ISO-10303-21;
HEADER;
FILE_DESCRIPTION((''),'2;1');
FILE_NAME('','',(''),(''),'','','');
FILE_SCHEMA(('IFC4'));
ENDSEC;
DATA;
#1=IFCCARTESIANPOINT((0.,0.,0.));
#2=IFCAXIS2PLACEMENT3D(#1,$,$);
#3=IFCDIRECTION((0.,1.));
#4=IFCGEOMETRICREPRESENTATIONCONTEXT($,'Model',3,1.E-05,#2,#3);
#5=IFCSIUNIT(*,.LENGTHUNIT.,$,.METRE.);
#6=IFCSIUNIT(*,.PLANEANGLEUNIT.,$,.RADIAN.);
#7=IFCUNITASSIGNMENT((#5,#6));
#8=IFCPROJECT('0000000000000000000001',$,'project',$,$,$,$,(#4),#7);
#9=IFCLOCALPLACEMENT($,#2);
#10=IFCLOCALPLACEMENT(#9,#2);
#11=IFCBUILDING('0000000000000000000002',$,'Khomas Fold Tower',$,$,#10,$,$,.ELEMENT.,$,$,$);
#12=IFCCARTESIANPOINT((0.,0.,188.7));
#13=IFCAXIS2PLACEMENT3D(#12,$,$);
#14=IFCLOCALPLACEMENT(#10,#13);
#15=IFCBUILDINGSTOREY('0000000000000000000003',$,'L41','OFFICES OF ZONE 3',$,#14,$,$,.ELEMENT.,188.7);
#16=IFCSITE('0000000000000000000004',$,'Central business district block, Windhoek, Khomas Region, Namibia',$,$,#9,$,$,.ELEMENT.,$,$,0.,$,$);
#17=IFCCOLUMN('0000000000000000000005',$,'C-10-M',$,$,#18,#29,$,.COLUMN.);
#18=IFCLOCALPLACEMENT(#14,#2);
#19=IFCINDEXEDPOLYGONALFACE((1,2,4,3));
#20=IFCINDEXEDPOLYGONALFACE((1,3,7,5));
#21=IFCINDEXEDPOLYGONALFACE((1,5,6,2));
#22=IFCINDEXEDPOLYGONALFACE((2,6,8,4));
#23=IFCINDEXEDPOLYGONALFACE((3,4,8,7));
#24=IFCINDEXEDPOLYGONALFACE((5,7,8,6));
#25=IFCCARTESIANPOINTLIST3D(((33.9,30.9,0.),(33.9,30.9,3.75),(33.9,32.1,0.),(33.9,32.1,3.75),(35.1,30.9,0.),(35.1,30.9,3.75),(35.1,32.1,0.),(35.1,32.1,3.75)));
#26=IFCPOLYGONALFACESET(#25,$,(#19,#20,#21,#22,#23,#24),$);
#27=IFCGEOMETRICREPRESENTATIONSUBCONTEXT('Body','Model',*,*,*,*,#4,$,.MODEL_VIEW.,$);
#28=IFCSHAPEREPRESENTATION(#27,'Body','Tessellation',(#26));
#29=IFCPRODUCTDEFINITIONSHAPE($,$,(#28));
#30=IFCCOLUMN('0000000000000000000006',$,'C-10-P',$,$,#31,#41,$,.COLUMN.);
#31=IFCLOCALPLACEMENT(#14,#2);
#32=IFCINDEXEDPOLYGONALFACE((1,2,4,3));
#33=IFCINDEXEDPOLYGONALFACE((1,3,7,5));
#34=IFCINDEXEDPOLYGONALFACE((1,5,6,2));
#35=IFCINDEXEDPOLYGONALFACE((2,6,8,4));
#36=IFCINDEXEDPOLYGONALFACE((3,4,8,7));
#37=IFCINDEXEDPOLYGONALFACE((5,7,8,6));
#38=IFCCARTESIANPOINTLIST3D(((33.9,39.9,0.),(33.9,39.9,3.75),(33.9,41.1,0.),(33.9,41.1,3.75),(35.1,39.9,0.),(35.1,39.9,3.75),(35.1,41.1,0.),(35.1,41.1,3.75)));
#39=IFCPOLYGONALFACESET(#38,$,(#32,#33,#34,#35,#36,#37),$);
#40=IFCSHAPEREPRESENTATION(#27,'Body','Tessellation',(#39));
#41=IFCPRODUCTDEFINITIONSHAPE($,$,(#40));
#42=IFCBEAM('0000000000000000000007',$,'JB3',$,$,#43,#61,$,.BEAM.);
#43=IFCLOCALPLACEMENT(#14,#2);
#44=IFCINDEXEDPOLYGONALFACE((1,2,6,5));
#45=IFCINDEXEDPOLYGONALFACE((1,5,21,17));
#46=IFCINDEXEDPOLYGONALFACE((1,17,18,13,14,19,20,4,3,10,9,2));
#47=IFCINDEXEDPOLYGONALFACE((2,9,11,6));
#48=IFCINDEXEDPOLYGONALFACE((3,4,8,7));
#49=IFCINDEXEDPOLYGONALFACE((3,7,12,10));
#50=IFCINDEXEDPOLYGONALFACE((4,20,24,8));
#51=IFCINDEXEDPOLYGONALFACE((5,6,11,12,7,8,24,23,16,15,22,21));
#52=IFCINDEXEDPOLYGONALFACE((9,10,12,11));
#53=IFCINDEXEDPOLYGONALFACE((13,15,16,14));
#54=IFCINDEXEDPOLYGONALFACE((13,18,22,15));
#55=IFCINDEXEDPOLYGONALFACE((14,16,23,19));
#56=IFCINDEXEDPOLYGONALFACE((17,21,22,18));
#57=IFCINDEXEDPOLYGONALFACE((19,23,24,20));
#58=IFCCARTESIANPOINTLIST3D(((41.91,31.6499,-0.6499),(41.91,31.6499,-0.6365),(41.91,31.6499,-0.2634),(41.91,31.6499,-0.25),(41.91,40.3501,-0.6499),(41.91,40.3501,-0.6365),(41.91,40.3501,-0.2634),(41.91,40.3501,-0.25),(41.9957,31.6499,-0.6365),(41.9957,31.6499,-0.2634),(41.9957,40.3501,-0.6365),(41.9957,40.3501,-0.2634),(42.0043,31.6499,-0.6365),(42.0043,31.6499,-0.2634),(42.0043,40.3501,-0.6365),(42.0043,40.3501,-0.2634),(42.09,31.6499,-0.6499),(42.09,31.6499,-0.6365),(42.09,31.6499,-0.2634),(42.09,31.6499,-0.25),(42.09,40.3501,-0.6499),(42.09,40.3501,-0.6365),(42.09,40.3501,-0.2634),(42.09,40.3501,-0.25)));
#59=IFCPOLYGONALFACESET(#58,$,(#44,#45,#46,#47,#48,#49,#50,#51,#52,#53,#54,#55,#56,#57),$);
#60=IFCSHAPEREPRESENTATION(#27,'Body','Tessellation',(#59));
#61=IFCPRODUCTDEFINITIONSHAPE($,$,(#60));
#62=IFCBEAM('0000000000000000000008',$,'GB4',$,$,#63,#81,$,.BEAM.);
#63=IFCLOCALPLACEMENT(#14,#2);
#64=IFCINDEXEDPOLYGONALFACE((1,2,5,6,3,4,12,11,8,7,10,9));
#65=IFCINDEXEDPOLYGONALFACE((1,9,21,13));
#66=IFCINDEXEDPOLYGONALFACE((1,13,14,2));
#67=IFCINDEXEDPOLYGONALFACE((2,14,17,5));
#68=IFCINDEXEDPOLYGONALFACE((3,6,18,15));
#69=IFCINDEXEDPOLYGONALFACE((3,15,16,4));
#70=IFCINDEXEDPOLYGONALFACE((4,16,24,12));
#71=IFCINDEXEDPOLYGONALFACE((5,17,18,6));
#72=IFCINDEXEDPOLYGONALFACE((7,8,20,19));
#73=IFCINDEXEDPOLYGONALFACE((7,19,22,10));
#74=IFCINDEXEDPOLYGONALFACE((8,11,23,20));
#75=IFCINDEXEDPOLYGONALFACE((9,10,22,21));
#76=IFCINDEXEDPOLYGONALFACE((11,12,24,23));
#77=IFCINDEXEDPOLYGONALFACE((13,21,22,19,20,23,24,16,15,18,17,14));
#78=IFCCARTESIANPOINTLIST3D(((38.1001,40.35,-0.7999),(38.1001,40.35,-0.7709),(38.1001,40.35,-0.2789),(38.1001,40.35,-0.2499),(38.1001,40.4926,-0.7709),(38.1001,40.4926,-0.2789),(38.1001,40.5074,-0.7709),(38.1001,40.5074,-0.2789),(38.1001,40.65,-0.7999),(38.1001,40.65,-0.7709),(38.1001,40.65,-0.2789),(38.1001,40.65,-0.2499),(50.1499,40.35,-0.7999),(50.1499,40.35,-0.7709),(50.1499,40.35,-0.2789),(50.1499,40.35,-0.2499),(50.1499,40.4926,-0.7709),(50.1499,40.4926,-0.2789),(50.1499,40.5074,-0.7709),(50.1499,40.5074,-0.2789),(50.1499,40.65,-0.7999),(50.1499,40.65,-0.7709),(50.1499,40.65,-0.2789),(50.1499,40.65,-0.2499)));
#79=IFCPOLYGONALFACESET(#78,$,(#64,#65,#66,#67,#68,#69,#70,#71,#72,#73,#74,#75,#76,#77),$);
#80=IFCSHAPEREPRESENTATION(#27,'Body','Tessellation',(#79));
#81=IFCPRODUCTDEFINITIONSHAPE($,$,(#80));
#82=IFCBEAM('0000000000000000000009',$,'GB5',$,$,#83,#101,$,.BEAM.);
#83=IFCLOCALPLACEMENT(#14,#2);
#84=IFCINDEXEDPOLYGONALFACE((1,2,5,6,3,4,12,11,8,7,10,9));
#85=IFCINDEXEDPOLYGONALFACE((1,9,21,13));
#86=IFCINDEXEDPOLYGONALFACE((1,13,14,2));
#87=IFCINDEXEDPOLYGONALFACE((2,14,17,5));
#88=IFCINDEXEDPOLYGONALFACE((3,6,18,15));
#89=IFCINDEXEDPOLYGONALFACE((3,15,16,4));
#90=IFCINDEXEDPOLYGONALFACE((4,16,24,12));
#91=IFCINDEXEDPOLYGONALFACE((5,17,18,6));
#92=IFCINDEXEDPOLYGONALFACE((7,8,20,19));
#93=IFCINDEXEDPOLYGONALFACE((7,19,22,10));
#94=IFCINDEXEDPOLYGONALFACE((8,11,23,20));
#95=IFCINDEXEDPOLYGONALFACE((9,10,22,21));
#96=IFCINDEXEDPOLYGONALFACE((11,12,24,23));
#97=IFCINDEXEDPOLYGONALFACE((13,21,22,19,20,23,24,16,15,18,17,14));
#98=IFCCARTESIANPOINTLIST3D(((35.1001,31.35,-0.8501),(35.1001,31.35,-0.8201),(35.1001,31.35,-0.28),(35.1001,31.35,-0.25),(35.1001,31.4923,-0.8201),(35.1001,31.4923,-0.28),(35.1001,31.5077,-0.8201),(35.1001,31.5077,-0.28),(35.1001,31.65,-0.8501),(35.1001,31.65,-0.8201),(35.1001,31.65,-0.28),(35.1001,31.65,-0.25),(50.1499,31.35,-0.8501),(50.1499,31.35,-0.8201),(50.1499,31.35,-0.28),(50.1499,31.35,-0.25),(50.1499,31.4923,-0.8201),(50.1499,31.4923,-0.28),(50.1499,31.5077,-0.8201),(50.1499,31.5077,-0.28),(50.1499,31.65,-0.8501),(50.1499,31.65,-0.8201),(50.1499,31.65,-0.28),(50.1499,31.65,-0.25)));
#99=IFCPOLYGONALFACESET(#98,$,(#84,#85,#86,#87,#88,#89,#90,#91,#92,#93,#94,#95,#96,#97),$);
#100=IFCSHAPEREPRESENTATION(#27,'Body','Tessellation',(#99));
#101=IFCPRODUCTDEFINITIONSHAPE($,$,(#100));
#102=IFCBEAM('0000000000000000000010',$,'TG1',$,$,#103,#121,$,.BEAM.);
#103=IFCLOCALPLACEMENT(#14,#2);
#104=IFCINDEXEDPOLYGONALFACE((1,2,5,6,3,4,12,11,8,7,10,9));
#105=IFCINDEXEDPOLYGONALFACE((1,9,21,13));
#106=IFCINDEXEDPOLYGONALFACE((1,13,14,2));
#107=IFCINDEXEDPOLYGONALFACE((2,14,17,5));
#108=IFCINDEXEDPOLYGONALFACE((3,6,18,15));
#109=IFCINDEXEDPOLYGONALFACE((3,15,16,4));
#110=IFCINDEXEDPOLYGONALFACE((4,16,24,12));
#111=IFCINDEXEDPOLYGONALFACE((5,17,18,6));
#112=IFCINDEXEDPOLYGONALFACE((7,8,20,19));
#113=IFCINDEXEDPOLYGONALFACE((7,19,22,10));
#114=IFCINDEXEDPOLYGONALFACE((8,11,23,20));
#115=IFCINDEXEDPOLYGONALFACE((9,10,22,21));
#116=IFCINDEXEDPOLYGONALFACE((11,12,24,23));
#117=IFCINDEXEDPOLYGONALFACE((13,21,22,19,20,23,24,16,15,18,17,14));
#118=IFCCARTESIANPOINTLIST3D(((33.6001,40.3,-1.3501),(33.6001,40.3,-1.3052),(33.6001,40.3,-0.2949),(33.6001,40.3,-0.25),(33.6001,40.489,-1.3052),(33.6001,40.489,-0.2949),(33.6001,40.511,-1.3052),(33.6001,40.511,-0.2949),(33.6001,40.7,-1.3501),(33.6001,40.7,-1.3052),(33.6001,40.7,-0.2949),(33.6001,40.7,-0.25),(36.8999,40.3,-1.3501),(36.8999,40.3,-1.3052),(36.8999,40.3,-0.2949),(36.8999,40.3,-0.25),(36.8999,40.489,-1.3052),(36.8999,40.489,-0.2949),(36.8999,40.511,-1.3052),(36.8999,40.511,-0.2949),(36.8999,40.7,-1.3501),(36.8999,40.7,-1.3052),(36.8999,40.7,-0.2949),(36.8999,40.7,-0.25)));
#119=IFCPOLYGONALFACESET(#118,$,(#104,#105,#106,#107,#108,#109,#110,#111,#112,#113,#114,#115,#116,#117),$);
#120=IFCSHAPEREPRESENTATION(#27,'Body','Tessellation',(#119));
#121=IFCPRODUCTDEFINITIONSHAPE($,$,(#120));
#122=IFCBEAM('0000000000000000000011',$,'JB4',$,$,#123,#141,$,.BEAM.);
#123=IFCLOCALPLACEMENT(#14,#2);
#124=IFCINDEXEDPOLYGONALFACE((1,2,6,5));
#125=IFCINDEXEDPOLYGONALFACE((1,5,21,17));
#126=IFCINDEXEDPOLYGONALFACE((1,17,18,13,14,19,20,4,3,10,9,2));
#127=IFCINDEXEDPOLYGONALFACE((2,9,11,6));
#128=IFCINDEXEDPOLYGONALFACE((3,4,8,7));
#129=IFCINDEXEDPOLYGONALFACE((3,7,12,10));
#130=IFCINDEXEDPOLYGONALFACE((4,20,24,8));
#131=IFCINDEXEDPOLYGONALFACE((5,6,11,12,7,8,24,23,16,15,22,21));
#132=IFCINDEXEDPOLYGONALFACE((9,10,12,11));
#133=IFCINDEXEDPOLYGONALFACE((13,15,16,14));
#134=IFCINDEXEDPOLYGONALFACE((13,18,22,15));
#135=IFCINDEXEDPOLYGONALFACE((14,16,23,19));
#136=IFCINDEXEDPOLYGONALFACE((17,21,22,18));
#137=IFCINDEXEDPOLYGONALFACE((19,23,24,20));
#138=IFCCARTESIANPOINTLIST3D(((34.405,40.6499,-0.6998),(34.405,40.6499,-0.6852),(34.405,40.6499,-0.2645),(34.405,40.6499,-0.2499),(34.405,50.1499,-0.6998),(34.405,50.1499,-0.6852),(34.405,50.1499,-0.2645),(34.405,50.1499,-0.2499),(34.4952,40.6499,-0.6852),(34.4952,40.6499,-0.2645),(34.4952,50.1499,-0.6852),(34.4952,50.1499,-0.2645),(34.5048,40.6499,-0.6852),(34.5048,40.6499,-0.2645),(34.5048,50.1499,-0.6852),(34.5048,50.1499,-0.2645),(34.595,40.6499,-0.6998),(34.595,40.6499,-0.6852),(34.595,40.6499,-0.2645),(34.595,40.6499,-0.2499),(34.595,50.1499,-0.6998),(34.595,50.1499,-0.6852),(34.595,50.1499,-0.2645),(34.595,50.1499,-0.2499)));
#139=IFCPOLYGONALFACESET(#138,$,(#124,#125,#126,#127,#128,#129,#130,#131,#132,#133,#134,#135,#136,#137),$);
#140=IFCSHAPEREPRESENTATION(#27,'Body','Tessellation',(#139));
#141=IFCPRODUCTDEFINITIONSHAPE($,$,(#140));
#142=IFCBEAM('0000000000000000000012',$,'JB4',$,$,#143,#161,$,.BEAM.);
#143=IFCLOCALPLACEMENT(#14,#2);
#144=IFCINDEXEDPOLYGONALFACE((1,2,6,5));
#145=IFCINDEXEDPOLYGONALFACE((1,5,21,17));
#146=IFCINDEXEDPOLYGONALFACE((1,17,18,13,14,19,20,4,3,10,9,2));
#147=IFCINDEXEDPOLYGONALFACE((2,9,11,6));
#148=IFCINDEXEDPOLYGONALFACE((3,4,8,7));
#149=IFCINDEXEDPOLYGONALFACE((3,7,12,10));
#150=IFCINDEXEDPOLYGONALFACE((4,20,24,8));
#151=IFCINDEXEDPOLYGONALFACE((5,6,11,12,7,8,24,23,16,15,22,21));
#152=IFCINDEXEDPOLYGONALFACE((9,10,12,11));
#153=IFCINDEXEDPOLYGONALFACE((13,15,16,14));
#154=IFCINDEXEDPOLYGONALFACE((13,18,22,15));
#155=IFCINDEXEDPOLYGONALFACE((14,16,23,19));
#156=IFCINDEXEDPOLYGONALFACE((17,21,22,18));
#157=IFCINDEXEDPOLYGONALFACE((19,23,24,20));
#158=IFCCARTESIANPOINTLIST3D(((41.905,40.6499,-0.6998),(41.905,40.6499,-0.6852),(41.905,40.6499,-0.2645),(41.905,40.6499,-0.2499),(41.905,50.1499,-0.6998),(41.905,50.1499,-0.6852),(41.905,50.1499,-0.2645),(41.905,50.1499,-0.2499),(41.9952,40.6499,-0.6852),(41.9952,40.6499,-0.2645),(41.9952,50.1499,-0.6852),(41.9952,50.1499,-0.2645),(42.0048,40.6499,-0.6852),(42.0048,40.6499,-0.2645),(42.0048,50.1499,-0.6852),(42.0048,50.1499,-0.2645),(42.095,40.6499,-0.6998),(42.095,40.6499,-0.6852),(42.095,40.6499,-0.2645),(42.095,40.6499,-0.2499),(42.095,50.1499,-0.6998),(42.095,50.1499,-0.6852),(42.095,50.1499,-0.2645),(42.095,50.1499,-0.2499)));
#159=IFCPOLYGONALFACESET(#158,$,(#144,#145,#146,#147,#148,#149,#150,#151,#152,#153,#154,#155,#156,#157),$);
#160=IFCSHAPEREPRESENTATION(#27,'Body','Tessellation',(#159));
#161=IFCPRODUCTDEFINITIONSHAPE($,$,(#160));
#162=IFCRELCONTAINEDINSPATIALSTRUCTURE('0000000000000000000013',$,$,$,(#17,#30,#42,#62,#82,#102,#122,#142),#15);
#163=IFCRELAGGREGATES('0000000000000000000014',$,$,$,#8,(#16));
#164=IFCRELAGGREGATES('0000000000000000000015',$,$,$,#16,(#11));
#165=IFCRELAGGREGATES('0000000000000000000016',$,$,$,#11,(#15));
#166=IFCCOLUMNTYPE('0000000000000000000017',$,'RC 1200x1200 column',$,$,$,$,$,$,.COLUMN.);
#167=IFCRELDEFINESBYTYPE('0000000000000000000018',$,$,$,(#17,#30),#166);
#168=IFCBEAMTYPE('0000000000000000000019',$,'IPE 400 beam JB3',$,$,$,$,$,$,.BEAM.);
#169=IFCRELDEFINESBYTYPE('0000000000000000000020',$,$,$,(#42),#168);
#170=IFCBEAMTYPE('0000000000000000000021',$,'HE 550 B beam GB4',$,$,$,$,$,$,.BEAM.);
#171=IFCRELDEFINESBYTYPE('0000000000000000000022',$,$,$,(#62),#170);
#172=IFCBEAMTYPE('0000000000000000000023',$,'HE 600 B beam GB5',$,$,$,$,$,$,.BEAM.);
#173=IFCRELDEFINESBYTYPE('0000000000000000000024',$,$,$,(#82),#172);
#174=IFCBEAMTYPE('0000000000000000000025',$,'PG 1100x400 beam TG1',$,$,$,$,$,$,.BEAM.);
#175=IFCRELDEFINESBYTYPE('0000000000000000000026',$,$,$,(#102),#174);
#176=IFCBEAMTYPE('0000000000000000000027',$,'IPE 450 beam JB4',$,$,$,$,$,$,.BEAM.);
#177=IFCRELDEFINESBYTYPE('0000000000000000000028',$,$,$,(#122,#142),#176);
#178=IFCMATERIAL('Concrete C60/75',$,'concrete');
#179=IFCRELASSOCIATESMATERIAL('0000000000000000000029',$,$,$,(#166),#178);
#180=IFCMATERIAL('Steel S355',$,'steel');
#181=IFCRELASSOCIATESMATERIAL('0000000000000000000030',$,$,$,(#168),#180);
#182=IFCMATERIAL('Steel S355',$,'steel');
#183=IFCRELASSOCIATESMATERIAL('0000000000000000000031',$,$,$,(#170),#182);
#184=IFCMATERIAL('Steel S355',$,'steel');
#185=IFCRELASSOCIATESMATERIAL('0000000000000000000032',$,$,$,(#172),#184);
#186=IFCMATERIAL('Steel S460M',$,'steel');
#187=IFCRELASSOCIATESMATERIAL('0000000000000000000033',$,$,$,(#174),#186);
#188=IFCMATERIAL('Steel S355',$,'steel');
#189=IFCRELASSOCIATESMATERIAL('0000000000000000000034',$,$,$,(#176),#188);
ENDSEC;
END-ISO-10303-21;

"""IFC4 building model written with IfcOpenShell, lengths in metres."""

from ifc_helpers import new_model, si_unit, direction, frame, origin, origin_2d, place, context, subcontext, project, spatial, rectangle, i_section, extrude, source, transform, mapped, material, material_profile, profile_set, type_object, element, save


model = new_model("IFC4")

# Units and contexts
model_context = context("Model", 3, precision=1e-05, world=origin(), true_north=direction((0.0, 1.0)))
body_context = subcontext(model_context, "Body", "Model", "MODEL_VIEW")
ifc_project = project(units=[si_unit("LENGTHUNIT", "METRE"), si_unit("PLANEANGLEUNIT", "RADIAN")], contexts=[model_context])

# Site, building, storey
site_placement = place(None, origin())
site = spatial("IfcSite", under=ifc_project, at=site_placement, Name="Central business district block, Windhoek, Khomas Region, Namibia", CompositionType="ELEMENT", RefElevation=0.0)
building_placement = place(site_placement, origin())
building = spatial("IfcBuilding", under=site, at=building_placement, Name="Khomas Fold Tower", CompositionType="ELEMENT")
storey_placement = place(building_placement, frame((0.0, 0.0, 188.7)))
storey = spatial("IfcBuildingStorey", under=building, at=storey_placement, Name="L41", Description="OFFICES OF ZONE 3", CompositionType="ELEMENT", Elevation=188.7)

# Columns
ifc_material_1 = material(Name="Concrete C60/75", Category="concrete")
ifc_material_profile_1 = material_profile(ifc_material_1, rectangle(XDim=1.2, YDim=1.2, at=origin_2d()), Name="RC 1200x1200")
ifc_profile_set_1 = profile_set([ifc_material_profile_1], Name="Concrete C60/75")
column_type = type_object("IfcColumnType", Name="RC 1200x1200 column", PredefinedType="COLUMN", material=ifc_profile_set_1)
shared_shape_1 = source(origin(), body_context, "Body", "SweptSolid", [
    extrude(rectangle(XDim=1.2, YDim=1.2, at=origin_2d()), origin(), (0.0, 0.0, 1.0), 3.75),
])
for number, where, z_axis, x_axis, name in (
    (1, (34.5, 31.5, 0.0), (0.0, 0.0, 1.0), (1.0, 0.0, 0.0), "C-10-M"),
    (2, (34.5, 40.5, 0.0), (0.0, 0.0, 1.0), (1.0, 0.0, 0.0), "C-10-P"),
):
    element("IfcColumn", number, at=place(storey_placement, frame(where, z_axis=z_axis, x_axis=x_axis)), inside=storey, type_object=column_type, Name=name, PredefinedType="COLUMN", context=body_context, shape_type="MappedRepresentation", body=[
        mapped(shared_shape_1, transform((0.0, 0.0, 0.0))),
    ])

# Beams
ifc_material_2 = material(Name="Steel S355", Category="steel")
ifc_material_profile_2 = material_profile(ifc_material_2, i_section(OverallWidth=0.1799, OverallDepth=0.3999, WebThickness=0.0085, FlangeThickness=0.0134, at=origin_2d()), Name="IPE 400")
ifc_profile_set_2 = profile_set([ifc_material_profile_2], Name="Steel S355")
beam_type_1 = type_object("IfcBeamType", Name="IPE 400 beam JB3", PredefinedType="BEAM", material=ifc_profile_set_2)
shared_shape_2 = source(origin(), body_context, "Body", "SweptSolid", [
    extrude(i_section(OverallWidth=0.1799, OverallDepth=0.3999, WebThickness=0.0085, FlangeThickness=0.0134, at=origin_2d()), origin(), (0.0, 0.0, 1.0), 8.7002),
])
beam_1_placement = place(storey_placement, frame((42.0, 31.6499, -0.45), z_axis=(0.0, 1.0, 0.0), x_axis=(-1.0, 0.0, 0.0)))
element("IfcBeam", 3, at=beam_1_placement, inside=storey, type_object=beam_type_1, Name="JB3", PredefinedType="BEAM", context=body_context, shape_type="MappedRepresentation", body=[
    mapped(shared_shape_2, transform((0.0, 0.0, 0.0))),
])
ifc_material_3 = material(Name="Steel S355", Category="steel")
ifc_material_profile_3 = material_profile(ifc_material_3, i_section(OverallWidth=0.3, OverallDepth=0.55, WebThickness=0.0149, FlangeThickness=0.0291, at=origin_2d()), Name="HE 550 B")
ifc_profile_set_3 = profile_set([ifc_material_profile_3], Name="Steel S355")
beam_type_2 = type_object("IfcBeamType", Name="HE 550 B beam GB4", PredefinedType="BEAM", material=ifc_profile_set_3)
shared_shape_3 = source(origin(), body_context, "Body", "SweptSolid", [
    extrude(i_section(OverallWidth=0.3, OverallDepth=0.55, WebThickness=0.0149, FlangeThickness=0.0291, at=origin_2d()), origin(), (0.0, 0.0, 1.0), 12.0498),
])
beam_2_placement = place(storey_placement, frame((38.1001, 40.5, -0.5249), z_axis=(1.0, 0.0, 0.0), x_axis=(0.0, 1.0, 0.0)))
element("IfcBeam", 4, at=beam_2_placement, inside=storey, type_object=beam_type_2, Name="GB4", PredefinedType="BEAM", context=body_context, shape_type="MappedRepresentation", body=[
    mapped(shared_shape_3, transform((0.0, 0.0, 0.0))),
])
ifc_material_4 = material(Name="Steel S355", Category="steel")
ifc_material_profile_4 = material_profile(ifc_material_4, i_section(OverallWidth=0.3, OverallDepth=0.6001, WebThickness=0.0154, FlangeThickness=0.03, at=origin_2d()), Name="HE 600 B")
ifc_profile_set_4 = profile_set([ifc_material_profile_4], Name="Steel S355")
beam_type_3 = type_object("IfcBeamType", Name="HE 600 B beam GB5", PredefinedType="BEAM", material=ifc_profile_set_4)
shared_shape_4 = source(origin(), body_context, "Body", "SweptSolid", [
    extrude(i_section(OverallWidth=0.3, OverallDepth=0.6001, WebThickness=0.0154, FlangeThickness=0.03, at=origin_2d()), origin(), (0.0, 0.0, 1.0), 15.0498),
])
beam_3_placement = place(storey_placement, frame((35.1001, 31.5, -0.55), z_axis=(1.0, 0.0, 0.0), x_axis=(0.0, 1.0, 0.0)))
element("IfcBeam", 5, at=beam_3_placement, inside=storey, type_object=beam_type_3, Name="GB5", PredefinedType="BEAM", context=body_context, shape_type="MappedRepresentation", body=[
    mapped(shared_shape_4, transform((0.0, 0.0, 0.0))),
])
ifc_material_5 = material(Name="Steel S460M", Category="steel")
ifc_material_profile_5 = material_profile(ifc_material_5, i_section(OverallWidth=0.3999, OverallDepth=1.1001, WebThickness=0.022, FlangeThickness=0.0449, at=origin_2d()), Name="PG 1100x400")
ifc_profile_set_5 = profile_set([ifc_material_profile_5], Name="Steel S460M")
beam_type_4 = type_object("IfcBeamType", Name="PG 1100x400 beam TG1", PredefinedType="BEAM", material=ifc_profile_set_5)
shared_shape_5 = source(origin(), body_context, "Body", "SweptSolid", [
    extrude(i_section(OverallWidth=0.3999, OverallDepth=1.1001, WebThickness=0.022, FlangeThickness=0.0449, at=origin_2d()), origin(), (0.0, 0.0, 1.0), 3.2998),
])
beam_4_placement = place(storey_placement, frame((33.6001, 40.5, -0.8), z_axis=(1.0, 0.0, 0.0), x_axis=(0.0, 1.0, 0.0)))
element("IfcBeam", 6, at=beam_4_placement, inside=storey, type_object=beam_type_4, Name="TG1", PredefinedType="BEAM", context=body_context, shape_type="MappedRepresentation", body=[
    mapped(shared_shape_5, transform((0.0, 0.0, 0.0))),
])
ifc_material_6 = material(Name="Steel S355", Category="steel")
ifc_material_profile_6 = material_profile(ifc_material_6, i_section(OverallWidth=0.1899, OverallDepth=0.45, WebThickness=0.0095, FlangeThickness=0.0146, at=origin_2d()), Name="IPE 450")
ifc_profile_set_6 = profile_set([ifc_material_profile_6], Name="Steel S355")
beam_type_5 = type_object("IfcBeamType", Name="IPE 450 beam JB4", PredefinedType="BEAM", material=ifc_profile_set_6)
shared_shape_6 = source(origin(), body_context, "Body", "SweptSolid", [
    extrude(i_section(OverallWidth=0.1899, OverallDepth=0.45, WebThickness=0.0095, FlangeThickness=0.0146, at=origin_2d()), origin(), (0.0, 0.0, 1.0), 9.5),
])
for number, where, z_axis, x_axis, name in (
    (7, (34.5, 40.6499, -0.4749), (0.0, 1.0, 0.0), (-1.0, 0.0, 0.0), "JB4"),
    (8, (42.0, 40.6499, -0.4749), (0.0, 1.0, 0.0), (-1.0, 0.0, 0.0), "JB4"),
):
    element("IfcBeam", number, at=place(storey_placement, frame(where, z_axis=z_axis, x_axis=x_axis)), inside=storey, type_object=beam_type_5, Name=name, PredefinedType="BEAM", context=body_context, shape_type="MappedRepresentation", body=[
        mapped(shared_shape_6, transform((0.0, 0.0, 0.0))),
    ])

save(model, "model.ifc")
